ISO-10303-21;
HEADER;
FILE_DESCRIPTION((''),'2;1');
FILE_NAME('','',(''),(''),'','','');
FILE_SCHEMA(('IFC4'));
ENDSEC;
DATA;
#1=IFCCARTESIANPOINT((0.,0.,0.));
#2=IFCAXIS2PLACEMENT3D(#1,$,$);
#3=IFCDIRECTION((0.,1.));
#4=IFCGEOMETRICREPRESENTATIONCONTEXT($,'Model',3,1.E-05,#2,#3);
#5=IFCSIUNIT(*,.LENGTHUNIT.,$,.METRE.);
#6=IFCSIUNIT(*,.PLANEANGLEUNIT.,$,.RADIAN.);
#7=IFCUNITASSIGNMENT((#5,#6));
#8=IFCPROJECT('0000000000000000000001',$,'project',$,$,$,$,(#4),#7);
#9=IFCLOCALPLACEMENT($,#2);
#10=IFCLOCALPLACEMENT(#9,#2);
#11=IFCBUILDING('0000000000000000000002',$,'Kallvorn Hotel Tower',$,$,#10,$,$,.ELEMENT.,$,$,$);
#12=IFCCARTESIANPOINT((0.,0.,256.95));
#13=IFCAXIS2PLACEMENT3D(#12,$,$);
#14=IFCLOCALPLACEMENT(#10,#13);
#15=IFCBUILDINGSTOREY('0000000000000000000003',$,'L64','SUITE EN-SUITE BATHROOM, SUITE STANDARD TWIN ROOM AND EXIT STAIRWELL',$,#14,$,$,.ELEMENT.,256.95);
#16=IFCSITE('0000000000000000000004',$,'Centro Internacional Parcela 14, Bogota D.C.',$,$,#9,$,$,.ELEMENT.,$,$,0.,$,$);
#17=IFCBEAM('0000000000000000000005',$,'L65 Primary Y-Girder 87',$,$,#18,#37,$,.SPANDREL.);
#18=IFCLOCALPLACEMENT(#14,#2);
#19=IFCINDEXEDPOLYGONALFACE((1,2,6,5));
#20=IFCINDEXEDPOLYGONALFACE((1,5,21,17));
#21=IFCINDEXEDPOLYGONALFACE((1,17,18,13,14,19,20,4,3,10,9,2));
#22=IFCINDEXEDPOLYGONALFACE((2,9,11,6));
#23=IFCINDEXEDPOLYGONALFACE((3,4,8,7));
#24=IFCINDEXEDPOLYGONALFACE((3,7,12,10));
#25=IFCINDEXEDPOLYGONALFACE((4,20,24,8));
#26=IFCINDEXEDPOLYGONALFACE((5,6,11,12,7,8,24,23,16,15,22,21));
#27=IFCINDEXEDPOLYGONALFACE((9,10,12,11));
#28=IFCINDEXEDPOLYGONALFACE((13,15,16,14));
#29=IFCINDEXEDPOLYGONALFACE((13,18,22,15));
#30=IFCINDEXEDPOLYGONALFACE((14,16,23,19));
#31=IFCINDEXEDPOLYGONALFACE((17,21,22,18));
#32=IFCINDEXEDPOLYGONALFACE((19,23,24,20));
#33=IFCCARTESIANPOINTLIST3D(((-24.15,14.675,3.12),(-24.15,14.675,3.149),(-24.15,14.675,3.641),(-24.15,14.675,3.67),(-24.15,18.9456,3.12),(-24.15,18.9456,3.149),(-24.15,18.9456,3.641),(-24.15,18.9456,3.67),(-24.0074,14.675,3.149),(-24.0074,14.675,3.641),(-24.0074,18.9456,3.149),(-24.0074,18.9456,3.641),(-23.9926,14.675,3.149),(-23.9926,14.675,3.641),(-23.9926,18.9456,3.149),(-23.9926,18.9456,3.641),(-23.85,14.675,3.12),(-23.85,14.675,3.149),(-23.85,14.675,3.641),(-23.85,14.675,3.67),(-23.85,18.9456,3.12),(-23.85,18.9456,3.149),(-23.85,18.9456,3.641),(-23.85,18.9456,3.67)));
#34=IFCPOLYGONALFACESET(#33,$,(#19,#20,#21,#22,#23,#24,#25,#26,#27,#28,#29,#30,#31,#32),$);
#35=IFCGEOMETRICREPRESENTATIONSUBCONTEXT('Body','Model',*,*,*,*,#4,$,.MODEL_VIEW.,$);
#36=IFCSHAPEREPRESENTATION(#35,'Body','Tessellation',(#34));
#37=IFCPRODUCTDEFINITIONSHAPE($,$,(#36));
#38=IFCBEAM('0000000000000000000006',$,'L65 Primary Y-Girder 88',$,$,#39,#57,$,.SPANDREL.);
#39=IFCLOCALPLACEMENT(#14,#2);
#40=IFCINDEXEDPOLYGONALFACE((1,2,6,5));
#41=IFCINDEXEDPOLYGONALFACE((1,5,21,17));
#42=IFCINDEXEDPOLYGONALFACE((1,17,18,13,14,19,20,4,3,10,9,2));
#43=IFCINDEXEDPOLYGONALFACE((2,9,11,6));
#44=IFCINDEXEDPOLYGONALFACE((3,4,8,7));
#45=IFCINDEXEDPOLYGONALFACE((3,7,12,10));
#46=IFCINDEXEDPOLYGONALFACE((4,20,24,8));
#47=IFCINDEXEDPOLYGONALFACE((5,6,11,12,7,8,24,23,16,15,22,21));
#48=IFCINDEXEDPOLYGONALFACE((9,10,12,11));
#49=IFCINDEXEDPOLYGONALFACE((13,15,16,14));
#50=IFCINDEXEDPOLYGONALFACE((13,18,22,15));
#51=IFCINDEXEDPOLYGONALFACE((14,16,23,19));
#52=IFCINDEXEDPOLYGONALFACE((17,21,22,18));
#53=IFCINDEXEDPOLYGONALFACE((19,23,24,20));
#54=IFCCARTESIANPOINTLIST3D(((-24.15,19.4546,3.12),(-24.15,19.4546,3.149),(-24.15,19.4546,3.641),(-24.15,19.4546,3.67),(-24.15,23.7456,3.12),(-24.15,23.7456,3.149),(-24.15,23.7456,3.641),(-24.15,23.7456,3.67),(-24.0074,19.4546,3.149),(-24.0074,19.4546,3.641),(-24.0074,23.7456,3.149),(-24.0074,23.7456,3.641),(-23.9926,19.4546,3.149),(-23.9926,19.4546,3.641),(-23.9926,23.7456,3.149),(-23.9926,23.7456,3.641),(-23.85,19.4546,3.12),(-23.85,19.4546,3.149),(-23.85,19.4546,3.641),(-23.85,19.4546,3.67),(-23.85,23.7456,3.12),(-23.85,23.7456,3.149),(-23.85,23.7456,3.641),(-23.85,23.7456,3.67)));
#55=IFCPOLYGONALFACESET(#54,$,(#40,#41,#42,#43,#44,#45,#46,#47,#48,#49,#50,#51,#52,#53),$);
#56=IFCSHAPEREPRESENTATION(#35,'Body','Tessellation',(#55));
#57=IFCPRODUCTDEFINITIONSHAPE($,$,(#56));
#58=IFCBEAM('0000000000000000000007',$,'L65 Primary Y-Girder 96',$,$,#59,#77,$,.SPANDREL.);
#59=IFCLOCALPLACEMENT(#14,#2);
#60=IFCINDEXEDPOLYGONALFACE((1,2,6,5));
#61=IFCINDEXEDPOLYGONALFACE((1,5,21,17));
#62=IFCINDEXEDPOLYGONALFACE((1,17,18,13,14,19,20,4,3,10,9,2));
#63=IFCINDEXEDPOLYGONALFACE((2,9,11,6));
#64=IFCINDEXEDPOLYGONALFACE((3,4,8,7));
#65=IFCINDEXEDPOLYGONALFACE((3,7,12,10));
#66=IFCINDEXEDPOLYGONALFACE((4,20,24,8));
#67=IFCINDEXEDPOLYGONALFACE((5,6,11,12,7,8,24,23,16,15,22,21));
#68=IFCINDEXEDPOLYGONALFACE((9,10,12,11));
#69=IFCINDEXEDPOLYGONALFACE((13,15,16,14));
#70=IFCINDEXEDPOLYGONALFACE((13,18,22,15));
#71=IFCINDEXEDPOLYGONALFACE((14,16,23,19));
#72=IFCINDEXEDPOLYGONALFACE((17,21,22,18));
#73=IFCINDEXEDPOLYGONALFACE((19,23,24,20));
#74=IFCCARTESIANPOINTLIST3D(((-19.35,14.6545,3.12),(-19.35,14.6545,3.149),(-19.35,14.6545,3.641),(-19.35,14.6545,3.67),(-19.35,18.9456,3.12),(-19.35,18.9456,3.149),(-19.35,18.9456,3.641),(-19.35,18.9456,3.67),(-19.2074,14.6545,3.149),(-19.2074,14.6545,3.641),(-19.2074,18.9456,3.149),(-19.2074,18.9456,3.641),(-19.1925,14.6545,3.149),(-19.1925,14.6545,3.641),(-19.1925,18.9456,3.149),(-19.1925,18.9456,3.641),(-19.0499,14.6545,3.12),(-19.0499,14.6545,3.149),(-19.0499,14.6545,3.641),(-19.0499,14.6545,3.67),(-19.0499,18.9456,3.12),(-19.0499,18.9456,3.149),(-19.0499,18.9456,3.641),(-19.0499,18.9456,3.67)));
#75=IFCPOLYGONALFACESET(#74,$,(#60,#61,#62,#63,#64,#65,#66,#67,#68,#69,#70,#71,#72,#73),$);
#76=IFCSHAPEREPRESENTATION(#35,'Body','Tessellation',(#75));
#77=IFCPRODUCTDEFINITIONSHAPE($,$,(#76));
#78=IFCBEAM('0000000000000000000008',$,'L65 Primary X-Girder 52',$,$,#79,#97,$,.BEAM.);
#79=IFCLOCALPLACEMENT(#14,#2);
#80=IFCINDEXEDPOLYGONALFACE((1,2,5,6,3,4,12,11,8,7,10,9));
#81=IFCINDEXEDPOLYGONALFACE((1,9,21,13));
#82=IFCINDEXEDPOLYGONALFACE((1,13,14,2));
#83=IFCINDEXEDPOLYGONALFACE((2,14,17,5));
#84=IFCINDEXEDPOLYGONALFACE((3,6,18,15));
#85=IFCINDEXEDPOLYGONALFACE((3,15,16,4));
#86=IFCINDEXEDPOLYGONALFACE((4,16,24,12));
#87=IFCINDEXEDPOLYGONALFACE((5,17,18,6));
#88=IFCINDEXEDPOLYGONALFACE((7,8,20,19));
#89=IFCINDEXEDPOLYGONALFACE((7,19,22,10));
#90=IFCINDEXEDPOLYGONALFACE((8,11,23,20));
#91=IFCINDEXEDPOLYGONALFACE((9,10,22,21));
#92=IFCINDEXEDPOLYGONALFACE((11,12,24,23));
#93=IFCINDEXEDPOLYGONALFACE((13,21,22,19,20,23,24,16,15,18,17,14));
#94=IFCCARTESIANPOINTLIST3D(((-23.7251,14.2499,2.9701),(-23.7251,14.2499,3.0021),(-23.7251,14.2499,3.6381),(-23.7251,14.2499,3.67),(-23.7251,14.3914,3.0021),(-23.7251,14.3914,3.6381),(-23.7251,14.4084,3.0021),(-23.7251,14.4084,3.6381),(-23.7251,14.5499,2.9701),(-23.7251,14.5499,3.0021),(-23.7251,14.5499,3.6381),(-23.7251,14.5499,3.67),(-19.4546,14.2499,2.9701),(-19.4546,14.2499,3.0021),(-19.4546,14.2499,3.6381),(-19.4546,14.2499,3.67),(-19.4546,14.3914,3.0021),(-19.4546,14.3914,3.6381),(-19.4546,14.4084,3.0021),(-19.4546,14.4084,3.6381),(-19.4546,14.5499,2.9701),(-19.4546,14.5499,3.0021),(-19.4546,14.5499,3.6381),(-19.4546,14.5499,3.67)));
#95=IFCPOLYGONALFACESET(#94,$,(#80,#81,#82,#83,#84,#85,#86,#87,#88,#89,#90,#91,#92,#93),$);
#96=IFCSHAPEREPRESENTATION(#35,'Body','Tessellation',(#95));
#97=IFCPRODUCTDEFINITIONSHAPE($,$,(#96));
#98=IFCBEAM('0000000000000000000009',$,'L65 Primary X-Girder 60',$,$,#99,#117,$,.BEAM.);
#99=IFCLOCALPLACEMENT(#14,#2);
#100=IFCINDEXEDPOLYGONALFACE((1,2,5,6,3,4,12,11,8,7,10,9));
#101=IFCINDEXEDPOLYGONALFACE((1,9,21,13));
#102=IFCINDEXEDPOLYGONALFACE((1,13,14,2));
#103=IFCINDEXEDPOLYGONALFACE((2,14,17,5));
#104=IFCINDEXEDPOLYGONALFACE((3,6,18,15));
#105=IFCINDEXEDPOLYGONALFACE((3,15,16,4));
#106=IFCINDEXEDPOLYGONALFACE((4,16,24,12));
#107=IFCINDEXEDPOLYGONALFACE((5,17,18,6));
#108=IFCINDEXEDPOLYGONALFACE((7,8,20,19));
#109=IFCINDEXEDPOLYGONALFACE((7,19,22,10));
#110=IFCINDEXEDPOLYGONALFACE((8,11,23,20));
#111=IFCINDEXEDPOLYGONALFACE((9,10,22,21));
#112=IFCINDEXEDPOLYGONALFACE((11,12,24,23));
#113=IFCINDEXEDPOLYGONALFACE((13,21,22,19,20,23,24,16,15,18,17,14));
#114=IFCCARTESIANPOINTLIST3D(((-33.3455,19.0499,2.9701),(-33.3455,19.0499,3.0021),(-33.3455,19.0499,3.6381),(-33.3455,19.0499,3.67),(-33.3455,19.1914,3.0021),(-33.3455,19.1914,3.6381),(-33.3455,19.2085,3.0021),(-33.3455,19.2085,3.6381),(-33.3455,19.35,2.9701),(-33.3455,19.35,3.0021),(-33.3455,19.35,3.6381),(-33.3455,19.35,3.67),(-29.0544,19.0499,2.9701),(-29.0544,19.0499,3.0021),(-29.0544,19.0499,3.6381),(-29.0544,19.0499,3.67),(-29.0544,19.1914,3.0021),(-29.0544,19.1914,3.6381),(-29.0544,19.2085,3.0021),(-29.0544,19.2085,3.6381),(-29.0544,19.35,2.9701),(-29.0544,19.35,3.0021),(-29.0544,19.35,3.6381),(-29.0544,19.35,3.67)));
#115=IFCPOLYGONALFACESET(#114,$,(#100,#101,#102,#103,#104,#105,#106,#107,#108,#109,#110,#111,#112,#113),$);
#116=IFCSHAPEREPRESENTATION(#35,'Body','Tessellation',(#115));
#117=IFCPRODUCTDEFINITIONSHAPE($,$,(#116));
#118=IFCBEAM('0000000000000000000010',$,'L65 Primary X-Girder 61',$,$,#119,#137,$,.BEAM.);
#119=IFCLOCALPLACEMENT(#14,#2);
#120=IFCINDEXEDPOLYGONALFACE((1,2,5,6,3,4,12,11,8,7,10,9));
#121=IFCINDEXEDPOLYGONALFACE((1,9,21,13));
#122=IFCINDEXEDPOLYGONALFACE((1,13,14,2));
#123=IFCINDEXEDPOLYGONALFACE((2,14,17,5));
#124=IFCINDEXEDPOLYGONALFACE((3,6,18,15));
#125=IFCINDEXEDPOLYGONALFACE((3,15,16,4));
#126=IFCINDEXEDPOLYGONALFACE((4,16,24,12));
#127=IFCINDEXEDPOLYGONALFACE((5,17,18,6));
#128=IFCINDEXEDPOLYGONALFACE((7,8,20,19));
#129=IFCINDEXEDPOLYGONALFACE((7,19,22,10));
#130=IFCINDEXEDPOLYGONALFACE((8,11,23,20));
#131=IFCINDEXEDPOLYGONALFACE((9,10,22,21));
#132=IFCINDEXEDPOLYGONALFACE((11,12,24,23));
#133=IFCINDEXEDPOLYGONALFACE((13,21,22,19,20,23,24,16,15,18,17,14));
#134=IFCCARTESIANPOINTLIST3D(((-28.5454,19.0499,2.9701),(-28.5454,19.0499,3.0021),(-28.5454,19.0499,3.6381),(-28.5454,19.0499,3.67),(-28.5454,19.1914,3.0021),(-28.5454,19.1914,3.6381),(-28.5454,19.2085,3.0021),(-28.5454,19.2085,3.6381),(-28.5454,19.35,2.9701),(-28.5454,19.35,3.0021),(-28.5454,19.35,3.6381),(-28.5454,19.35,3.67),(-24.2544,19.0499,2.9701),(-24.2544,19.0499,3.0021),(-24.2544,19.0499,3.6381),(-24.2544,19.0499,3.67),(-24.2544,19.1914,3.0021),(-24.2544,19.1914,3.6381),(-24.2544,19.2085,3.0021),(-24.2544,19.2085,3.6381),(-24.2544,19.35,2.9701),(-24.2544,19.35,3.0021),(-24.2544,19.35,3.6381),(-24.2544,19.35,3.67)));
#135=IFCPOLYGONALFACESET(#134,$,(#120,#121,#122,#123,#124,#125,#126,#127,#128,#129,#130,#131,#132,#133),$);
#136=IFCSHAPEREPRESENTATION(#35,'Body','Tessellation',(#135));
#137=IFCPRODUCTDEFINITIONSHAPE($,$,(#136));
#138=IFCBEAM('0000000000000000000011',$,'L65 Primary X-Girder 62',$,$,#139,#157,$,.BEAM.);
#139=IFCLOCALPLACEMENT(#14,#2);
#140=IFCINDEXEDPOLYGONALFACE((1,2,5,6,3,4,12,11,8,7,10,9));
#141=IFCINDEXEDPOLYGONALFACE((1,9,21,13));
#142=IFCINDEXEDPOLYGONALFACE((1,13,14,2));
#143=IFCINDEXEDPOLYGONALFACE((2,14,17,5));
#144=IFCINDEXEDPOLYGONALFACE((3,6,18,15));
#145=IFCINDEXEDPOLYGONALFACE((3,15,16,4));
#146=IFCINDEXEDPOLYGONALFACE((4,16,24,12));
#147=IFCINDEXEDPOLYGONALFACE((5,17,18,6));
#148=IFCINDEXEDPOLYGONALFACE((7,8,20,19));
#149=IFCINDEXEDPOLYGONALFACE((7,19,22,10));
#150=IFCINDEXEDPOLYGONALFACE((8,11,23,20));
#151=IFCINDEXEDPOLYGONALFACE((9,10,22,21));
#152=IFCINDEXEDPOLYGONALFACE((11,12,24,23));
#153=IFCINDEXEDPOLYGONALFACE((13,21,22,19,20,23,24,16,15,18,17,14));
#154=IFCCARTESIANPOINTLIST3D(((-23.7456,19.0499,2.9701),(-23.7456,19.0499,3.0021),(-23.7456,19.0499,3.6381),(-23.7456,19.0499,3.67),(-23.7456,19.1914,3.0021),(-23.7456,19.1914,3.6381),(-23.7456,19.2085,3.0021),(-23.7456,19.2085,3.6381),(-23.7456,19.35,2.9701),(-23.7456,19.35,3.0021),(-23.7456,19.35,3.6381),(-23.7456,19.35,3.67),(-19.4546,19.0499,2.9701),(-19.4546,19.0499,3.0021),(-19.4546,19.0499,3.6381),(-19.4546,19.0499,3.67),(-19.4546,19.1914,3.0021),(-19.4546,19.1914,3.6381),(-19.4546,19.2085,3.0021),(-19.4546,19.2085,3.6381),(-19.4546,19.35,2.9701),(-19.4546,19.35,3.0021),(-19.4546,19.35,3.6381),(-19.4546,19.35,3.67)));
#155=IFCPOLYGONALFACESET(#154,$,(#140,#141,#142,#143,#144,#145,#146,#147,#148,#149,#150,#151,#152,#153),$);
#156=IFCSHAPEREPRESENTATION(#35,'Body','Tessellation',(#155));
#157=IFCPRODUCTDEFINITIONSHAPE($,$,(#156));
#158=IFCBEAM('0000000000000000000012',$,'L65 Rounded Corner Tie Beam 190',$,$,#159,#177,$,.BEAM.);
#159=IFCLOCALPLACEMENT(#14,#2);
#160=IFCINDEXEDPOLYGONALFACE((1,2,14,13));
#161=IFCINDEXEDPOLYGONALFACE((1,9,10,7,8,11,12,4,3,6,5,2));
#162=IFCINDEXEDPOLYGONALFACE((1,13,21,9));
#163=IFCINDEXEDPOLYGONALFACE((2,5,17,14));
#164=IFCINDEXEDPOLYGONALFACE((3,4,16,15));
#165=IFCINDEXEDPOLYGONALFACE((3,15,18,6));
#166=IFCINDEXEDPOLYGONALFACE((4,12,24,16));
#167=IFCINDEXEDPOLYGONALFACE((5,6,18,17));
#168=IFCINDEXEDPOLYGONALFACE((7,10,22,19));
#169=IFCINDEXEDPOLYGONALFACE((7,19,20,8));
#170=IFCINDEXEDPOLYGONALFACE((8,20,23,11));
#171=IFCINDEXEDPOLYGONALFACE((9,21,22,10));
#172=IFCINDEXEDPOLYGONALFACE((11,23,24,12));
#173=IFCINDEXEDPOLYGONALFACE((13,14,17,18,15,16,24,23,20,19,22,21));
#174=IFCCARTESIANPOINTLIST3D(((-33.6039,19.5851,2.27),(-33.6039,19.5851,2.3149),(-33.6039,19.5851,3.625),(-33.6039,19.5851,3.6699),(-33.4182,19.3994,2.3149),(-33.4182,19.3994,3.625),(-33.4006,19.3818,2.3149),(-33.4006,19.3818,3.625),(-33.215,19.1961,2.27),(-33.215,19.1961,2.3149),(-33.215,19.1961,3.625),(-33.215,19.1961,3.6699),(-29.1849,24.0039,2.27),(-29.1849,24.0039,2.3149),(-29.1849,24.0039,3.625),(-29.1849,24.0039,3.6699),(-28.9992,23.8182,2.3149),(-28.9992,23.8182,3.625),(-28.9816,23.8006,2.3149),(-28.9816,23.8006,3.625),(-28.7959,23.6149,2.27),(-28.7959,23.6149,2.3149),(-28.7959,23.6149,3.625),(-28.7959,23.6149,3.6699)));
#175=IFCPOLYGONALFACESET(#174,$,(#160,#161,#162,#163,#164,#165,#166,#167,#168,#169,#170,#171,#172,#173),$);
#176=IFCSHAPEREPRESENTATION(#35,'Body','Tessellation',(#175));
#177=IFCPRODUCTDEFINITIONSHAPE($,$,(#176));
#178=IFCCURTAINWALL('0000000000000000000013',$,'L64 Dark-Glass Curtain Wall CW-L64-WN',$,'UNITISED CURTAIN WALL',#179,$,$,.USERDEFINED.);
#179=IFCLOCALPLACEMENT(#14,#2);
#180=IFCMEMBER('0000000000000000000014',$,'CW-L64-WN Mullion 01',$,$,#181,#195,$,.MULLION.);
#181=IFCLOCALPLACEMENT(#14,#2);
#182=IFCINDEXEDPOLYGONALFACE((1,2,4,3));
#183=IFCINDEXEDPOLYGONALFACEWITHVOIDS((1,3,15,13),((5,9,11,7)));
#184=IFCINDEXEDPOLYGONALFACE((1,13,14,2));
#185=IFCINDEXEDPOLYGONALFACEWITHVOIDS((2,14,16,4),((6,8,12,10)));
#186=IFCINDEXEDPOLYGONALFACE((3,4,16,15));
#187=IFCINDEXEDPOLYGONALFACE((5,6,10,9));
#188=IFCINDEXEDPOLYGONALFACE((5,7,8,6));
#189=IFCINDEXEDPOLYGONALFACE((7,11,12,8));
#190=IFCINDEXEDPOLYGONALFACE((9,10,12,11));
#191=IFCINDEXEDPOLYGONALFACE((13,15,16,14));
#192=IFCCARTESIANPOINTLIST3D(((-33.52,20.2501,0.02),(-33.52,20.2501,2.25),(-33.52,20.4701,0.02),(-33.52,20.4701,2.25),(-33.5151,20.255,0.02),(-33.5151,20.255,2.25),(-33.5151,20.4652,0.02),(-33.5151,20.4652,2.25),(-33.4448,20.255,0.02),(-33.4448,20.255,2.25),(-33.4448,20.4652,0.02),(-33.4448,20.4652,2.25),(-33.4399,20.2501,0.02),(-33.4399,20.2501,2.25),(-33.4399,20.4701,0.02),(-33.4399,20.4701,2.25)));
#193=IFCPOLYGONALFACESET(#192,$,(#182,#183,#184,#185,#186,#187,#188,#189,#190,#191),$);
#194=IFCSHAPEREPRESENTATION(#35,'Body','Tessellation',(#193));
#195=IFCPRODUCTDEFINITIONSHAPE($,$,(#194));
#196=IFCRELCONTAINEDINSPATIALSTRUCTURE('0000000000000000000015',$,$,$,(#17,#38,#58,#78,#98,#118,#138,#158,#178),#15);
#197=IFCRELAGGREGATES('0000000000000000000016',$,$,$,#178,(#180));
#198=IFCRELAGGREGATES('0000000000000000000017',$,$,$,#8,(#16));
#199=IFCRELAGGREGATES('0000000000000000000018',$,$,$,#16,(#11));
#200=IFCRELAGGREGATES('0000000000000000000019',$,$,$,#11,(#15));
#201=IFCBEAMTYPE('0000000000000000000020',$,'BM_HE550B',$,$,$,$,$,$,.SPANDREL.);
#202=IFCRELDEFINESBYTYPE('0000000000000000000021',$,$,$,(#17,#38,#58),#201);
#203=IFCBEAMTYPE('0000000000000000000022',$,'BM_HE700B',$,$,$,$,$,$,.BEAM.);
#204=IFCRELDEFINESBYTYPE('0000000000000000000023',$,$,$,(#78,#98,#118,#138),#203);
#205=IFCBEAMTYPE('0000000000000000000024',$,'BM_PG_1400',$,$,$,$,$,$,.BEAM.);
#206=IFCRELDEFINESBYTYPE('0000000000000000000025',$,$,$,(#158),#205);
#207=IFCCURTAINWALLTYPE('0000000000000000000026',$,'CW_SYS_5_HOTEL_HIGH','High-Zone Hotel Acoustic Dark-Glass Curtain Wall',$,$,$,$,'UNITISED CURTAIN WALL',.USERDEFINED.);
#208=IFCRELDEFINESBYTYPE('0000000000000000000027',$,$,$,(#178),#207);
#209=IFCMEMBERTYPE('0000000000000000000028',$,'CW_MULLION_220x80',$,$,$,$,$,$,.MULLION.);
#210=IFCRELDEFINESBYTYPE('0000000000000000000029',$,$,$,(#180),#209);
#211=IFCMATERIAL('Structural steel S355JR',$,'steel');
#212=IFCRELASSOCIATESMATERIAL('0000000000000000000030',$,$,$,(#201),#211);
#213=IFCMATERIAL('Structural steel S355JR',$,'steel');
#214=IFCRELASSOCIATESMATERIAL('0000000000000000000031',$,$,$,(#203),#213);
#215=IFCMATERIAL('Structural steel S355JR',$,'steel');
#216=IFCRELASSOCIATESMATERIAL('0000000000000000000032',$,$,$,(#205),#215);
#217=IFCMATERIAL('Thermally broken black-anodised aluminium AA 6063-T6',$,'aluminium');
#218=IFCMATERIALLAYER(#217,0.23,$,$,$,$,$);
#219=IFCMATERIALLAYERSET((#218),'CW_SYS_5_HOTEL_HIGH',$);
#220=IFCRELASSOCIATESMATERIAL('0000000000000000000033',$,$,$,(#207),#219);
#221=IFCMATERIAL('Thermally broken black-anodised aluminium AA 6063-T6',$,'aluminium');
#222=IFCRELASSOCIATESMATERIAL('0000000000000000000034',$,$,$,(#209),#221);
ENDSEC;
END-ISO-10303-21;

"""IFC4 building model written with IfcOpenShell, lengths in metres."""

from ifc_helpers import new_model, si_unit, direction, frame, origin, origin_2d, place, context, subcontext, project, spatial, hollow_rectangle, i_section, extrude, material, layer, layer_set, material_profile, profile_set, type_object, element, aggregate, save


model = new_model("IFC4")

# Units and contexts
model_context = context("Model", 3, precision=1e-05, world=origin(), true_north=direction((0.0, 1.0)))
body_context = subcontext(model_context, "Body", "Model", "MODEL_VIEW")
ifc_project = project(units=[si_unit("LENGTHUNIT", "METRE"), si_unit("PLANEANGLEUNIT", "RADIAN")], contexts=[model_context])

# Site, building, storey
site_placement = place(None, origin())
site = spatial("IfcSite", under=ifc_project, at=site_placement, Name="Centro Internacional Parcela 14, Bogota D.C.", CompositionType="ELEMENT", RefElevation=0.0)
building_placement = place(site_placement, origin())
building = spatial("IfcBuilding", under=site, at=building_placement, Name="Kallvorn Hotel Tower", CompositionType="ELEMENT")
storey_placement = place(building_placement, frame((0.0, 0.0, 256.95)))
storey = spatial("IfcBuildingStorey", under=building, at=storey_placement, Name="L64", Description="SUITE EN-SUITE BATHROOM, SUITE STANDARD TWIN ROOM AND EXIT STAIRWELL", CompositionType="ELEMENT", Elevation=256.95)

# Beams
ifc_material_1 = material(Name="Structural steel S355JR", Category="steel")
ifc_material_profile_1 = material_profile(ifc_material_1, i_section(OverallWidth=0.3, OverallDepth=0.55, WebThickness=0.0149, FlangeThickness=0.0291, at=origin_2d()), Name="HE 550 B")
ifc_profile_set_1 = profile_set([ifc_material_profile_1], Name="Structural steel S355JR")
beam_type_1 = type_object("IfcBeamType", Name="BM_HE550B", PredefinedType="SPANDREL", material=ifc_profile_set_1)
beam_1_placement = place(storey_placement, frame((-24.0, 14.675, 3.395), z_axis=(0.0, 1.0, 0.0), x_axis=(-1.0, 0.0, 0.0)))
element("IfcBeam", 1, at=beam_1_placement, inside=storey, type_object=beam_type_1, Name="L65 Primary Y-Girder 87", PredefinedType="SPANDREL", context=body_context, shape_type="SweptSolid", body=[
    extrude(i_section(OverallWidth=0.3, OverallDepth=0.55, WebThickness=0.0149, FlangeThickness=0.0291, at=origin_2d()), origin(), (0.0, 0.0, 1.0), 4.2705),
])
for number, where, z_axis, x_axis, name in (
    (2, (-24.0, 19.4546, 3.395), (0.0, 1.0, 0.0), (-1.0, 0.0, 0.0), "L65 Primary Y-Girder 88"),
    (3, (-19.2, 14.6545, 3.395), (0.0, 1.0, 0.0), (-1.0, 0.0, 0.0), "L65 Primary Y-Girder 96"),
):
    element("IfcBeam", number, at=place(storey_placement, frame(where, z_axis=z_axis, x_axis=x_axis)), inside=storey, type_object=beam_type_1, Name=name, PredefinedType="SPANDREL", context=body_context, shape_type="SweptSolid", body=[
        extrude(i_section(OverallWidth=0.3, OverallDepth=0.55, WebThickness=0.0149, FlangeThickness=0.0291, at=origin_2d()), origin(), (0.0, 0.0, 1.0), 4.291),
    ])
ifc_material_2 = material(Name="Structural steel S355JR", Category="steel")
ifc_material_profile_2 = material_profile(ifc_material_2, i_section(OverallWidth=0.3, OverallDepth=0.7, WebThickness=0.0171, FlangeThickness=0.032, at=origin_2d()), Name="HE 700 B")
ifc_profile_set_2 = profile_set([ifc_material_profile_2], Name="Structural steel S355JR")
beam_type_2 = type_object("IfcBeamType", Name="BM_HE700B", PredefinedType="BEAM", material=ifc_profile_set_2)
beam_2_placement = place(storey_placement, frame((-23.7251, 14.3999, 3.3201), z_axis=(1.0, 0.0, 0.0), x_axis=(0.0, 1.0, 0.0)))
element("IfcBeam", 4, at=beam_2_placement, inside=storey, type_object=beam_type_2, Name="L65 Primary X-Girder 52", PredefinedType="BEAM", context=body_context, shape_type="SweptSolid", body=[
    extrude(i_section(OverallWidth=0.3, OverallDepth=0.7, WebThickness=0.0171, FlangeThickness=0.032, at=origin_2d()), origin(), (0.0, 0.0, 1.0), 4.2705),
])
for number, where, z_axis, x_axis, name in (
    (5, (-33.3455, 19.2, 3.3201), (1.0, 0.0, 0.0), (0.0, 1.0, 0.0), "L65 Primary X-Girder 60"),
    (6, (-28.5454, 19.2, 3.3201), (1.0, 0.0, 0.0), (0.0, 1.0, 0.0), "L65 Primary X-Girder 61"),
    (7, (-23.7456, 19.2, 3.3201), (1.0, 0.0, 0.0), (0.0, 1.0, 0.0), "L65 Primary X-Girder 62"),
):
    element("IfcBeam", number, at=place(storey_placement, frame(where, z_axis=z_axis, x_axis=x_axis)), inside=storey, type_object=beam_type_2, Name=name, PredefinedType="BEAM", context=body_context, shape_type="SweptSolid", body=[
        extrude(i_section(OverallWidth=0.3, OverallDepth=0.7, WebThickness=0.0171, FlangeThickness=0.032, at=origin_2d()), origin(), (0.0, 0.0, 1.0), 4.291),
    ])
ifc_material_3 = material(Name="Structural steel S355JR", Category="steel")
ifc_material_profile_3 = material_profile(ifc_material_3, i_section(OverallWidth=0.55, OverallDepth=1.3999, WebThickness=0.0249, FlangeThickness=0.0449, at=origin_2d()), Name="PG 1400x550x25x45")
ifc_profile_set_3 = profile_set([ifc_material_profile_3], Name="Structural steel S355JR")
beam_type_3 = type_object("IfcBeamType", Name="BM_PG_1400", PredefinedType="BEAM", material=ifc_profile_set_3)
beam_3_placement = place(storey_placement, frame((-33.4094, 19.3906, 2.97), z_axis=(0.707126, 0.707087, 0.0), x_axis=(-0.707087, 0.707126, 0.0)))
element("IfcBeam", 8, at=beam_3_placement, inside=storey, type_object=beam_type_3, Name="L65 Rounded Corner Tie Beam 190", PredefinedType="BEAM", context=body_context, shape_type="SweptSolid", body=[
    extrude(i_section(OverallWidth=0.55, OverallDepth=1.3999, WebThickness=0.0249, FlangeThickness=0.0449, at=origin_2d()), origin(), (0.0, 0.0, 1.0), 6.2493),
])

# Curtain wall, member
ifc_material_4 = material(Name="Thermally broken black-anodised aluminium AA 6063-T6", Category="aluminium")
ifc_layer_1 = layer(ifc_material_4, 0.23)
ifc_layer_set_1 = layer_set([ifc_layer_1], Name="CW_SYS_5_HOTEL_HIGH")
curtain_wall_type = type_object("IfcCurtainWallType", Name="CW_SYS_5_HOTEL_HIGH", Description="High-Zone Hotel Acoustic Dark-Glass Curtain Wall", ElementType="UNITISED CURTAIN WALL", PredefinedType="USERDEFINED", material=ifc_layer_set_1)
curtain_wall_placement = place(storey_placement, origin())
curtain_wall = element("IfcCurtainWall", 9, at=curtain_wall_placement, inside=storey, type_object=curtain_wall_type, Name="L64 Dark-Glass Curtain Wall CW-L64-WN", ObjectType="UNITISED CURTAIN WALL", PredefinedType="USERDEFINED")
ifc_material_5 = material(Name="Thermally broken black-anodised aluminium AA 6063-T6", Category="aluminium")
ifc_material_profile_4 = material_profile(ifc_material_5, hollow_rectangle(XDim=0.0801, YDim=0.22, WallThickness=0.0049, at=origin_2d()), Name="MUL 220x80")
ifc_profile_set_4 = profile_set([ifc_material_profile_4], Name="Thermally broken black-anodised aluminium AA 6063-T6")
member_type_1 = type_object("IfcMemberType", Name="CW_MULLION_220x80", PredefinedType="MULLION", material=ifc_profile_set_4)
member_placement = place(storey_placement, frame((-33.48, 20.3601, 0.02), z_axis=(0.0, 0.0, 1.0), x_axis=(1.0, 0.0, 0.0)))
member = element("IfcMember", 10, at=member_placement, type_object=member_type_1, Name="CW-L64-WN Mullion 01", PredefinedType="MULLION", context=body_context, shape_type="SweptSolid", body=[
    extrude(hollow_rectangle(XDim=0.0801, YDim=0.22, WallThickness=0.0049, at=origin_2d()), origin(), (0.0, 0.0, 1.0), 2.23),
])
aggregate(curtain_wall, [member])

save(model, "model.ifc")
